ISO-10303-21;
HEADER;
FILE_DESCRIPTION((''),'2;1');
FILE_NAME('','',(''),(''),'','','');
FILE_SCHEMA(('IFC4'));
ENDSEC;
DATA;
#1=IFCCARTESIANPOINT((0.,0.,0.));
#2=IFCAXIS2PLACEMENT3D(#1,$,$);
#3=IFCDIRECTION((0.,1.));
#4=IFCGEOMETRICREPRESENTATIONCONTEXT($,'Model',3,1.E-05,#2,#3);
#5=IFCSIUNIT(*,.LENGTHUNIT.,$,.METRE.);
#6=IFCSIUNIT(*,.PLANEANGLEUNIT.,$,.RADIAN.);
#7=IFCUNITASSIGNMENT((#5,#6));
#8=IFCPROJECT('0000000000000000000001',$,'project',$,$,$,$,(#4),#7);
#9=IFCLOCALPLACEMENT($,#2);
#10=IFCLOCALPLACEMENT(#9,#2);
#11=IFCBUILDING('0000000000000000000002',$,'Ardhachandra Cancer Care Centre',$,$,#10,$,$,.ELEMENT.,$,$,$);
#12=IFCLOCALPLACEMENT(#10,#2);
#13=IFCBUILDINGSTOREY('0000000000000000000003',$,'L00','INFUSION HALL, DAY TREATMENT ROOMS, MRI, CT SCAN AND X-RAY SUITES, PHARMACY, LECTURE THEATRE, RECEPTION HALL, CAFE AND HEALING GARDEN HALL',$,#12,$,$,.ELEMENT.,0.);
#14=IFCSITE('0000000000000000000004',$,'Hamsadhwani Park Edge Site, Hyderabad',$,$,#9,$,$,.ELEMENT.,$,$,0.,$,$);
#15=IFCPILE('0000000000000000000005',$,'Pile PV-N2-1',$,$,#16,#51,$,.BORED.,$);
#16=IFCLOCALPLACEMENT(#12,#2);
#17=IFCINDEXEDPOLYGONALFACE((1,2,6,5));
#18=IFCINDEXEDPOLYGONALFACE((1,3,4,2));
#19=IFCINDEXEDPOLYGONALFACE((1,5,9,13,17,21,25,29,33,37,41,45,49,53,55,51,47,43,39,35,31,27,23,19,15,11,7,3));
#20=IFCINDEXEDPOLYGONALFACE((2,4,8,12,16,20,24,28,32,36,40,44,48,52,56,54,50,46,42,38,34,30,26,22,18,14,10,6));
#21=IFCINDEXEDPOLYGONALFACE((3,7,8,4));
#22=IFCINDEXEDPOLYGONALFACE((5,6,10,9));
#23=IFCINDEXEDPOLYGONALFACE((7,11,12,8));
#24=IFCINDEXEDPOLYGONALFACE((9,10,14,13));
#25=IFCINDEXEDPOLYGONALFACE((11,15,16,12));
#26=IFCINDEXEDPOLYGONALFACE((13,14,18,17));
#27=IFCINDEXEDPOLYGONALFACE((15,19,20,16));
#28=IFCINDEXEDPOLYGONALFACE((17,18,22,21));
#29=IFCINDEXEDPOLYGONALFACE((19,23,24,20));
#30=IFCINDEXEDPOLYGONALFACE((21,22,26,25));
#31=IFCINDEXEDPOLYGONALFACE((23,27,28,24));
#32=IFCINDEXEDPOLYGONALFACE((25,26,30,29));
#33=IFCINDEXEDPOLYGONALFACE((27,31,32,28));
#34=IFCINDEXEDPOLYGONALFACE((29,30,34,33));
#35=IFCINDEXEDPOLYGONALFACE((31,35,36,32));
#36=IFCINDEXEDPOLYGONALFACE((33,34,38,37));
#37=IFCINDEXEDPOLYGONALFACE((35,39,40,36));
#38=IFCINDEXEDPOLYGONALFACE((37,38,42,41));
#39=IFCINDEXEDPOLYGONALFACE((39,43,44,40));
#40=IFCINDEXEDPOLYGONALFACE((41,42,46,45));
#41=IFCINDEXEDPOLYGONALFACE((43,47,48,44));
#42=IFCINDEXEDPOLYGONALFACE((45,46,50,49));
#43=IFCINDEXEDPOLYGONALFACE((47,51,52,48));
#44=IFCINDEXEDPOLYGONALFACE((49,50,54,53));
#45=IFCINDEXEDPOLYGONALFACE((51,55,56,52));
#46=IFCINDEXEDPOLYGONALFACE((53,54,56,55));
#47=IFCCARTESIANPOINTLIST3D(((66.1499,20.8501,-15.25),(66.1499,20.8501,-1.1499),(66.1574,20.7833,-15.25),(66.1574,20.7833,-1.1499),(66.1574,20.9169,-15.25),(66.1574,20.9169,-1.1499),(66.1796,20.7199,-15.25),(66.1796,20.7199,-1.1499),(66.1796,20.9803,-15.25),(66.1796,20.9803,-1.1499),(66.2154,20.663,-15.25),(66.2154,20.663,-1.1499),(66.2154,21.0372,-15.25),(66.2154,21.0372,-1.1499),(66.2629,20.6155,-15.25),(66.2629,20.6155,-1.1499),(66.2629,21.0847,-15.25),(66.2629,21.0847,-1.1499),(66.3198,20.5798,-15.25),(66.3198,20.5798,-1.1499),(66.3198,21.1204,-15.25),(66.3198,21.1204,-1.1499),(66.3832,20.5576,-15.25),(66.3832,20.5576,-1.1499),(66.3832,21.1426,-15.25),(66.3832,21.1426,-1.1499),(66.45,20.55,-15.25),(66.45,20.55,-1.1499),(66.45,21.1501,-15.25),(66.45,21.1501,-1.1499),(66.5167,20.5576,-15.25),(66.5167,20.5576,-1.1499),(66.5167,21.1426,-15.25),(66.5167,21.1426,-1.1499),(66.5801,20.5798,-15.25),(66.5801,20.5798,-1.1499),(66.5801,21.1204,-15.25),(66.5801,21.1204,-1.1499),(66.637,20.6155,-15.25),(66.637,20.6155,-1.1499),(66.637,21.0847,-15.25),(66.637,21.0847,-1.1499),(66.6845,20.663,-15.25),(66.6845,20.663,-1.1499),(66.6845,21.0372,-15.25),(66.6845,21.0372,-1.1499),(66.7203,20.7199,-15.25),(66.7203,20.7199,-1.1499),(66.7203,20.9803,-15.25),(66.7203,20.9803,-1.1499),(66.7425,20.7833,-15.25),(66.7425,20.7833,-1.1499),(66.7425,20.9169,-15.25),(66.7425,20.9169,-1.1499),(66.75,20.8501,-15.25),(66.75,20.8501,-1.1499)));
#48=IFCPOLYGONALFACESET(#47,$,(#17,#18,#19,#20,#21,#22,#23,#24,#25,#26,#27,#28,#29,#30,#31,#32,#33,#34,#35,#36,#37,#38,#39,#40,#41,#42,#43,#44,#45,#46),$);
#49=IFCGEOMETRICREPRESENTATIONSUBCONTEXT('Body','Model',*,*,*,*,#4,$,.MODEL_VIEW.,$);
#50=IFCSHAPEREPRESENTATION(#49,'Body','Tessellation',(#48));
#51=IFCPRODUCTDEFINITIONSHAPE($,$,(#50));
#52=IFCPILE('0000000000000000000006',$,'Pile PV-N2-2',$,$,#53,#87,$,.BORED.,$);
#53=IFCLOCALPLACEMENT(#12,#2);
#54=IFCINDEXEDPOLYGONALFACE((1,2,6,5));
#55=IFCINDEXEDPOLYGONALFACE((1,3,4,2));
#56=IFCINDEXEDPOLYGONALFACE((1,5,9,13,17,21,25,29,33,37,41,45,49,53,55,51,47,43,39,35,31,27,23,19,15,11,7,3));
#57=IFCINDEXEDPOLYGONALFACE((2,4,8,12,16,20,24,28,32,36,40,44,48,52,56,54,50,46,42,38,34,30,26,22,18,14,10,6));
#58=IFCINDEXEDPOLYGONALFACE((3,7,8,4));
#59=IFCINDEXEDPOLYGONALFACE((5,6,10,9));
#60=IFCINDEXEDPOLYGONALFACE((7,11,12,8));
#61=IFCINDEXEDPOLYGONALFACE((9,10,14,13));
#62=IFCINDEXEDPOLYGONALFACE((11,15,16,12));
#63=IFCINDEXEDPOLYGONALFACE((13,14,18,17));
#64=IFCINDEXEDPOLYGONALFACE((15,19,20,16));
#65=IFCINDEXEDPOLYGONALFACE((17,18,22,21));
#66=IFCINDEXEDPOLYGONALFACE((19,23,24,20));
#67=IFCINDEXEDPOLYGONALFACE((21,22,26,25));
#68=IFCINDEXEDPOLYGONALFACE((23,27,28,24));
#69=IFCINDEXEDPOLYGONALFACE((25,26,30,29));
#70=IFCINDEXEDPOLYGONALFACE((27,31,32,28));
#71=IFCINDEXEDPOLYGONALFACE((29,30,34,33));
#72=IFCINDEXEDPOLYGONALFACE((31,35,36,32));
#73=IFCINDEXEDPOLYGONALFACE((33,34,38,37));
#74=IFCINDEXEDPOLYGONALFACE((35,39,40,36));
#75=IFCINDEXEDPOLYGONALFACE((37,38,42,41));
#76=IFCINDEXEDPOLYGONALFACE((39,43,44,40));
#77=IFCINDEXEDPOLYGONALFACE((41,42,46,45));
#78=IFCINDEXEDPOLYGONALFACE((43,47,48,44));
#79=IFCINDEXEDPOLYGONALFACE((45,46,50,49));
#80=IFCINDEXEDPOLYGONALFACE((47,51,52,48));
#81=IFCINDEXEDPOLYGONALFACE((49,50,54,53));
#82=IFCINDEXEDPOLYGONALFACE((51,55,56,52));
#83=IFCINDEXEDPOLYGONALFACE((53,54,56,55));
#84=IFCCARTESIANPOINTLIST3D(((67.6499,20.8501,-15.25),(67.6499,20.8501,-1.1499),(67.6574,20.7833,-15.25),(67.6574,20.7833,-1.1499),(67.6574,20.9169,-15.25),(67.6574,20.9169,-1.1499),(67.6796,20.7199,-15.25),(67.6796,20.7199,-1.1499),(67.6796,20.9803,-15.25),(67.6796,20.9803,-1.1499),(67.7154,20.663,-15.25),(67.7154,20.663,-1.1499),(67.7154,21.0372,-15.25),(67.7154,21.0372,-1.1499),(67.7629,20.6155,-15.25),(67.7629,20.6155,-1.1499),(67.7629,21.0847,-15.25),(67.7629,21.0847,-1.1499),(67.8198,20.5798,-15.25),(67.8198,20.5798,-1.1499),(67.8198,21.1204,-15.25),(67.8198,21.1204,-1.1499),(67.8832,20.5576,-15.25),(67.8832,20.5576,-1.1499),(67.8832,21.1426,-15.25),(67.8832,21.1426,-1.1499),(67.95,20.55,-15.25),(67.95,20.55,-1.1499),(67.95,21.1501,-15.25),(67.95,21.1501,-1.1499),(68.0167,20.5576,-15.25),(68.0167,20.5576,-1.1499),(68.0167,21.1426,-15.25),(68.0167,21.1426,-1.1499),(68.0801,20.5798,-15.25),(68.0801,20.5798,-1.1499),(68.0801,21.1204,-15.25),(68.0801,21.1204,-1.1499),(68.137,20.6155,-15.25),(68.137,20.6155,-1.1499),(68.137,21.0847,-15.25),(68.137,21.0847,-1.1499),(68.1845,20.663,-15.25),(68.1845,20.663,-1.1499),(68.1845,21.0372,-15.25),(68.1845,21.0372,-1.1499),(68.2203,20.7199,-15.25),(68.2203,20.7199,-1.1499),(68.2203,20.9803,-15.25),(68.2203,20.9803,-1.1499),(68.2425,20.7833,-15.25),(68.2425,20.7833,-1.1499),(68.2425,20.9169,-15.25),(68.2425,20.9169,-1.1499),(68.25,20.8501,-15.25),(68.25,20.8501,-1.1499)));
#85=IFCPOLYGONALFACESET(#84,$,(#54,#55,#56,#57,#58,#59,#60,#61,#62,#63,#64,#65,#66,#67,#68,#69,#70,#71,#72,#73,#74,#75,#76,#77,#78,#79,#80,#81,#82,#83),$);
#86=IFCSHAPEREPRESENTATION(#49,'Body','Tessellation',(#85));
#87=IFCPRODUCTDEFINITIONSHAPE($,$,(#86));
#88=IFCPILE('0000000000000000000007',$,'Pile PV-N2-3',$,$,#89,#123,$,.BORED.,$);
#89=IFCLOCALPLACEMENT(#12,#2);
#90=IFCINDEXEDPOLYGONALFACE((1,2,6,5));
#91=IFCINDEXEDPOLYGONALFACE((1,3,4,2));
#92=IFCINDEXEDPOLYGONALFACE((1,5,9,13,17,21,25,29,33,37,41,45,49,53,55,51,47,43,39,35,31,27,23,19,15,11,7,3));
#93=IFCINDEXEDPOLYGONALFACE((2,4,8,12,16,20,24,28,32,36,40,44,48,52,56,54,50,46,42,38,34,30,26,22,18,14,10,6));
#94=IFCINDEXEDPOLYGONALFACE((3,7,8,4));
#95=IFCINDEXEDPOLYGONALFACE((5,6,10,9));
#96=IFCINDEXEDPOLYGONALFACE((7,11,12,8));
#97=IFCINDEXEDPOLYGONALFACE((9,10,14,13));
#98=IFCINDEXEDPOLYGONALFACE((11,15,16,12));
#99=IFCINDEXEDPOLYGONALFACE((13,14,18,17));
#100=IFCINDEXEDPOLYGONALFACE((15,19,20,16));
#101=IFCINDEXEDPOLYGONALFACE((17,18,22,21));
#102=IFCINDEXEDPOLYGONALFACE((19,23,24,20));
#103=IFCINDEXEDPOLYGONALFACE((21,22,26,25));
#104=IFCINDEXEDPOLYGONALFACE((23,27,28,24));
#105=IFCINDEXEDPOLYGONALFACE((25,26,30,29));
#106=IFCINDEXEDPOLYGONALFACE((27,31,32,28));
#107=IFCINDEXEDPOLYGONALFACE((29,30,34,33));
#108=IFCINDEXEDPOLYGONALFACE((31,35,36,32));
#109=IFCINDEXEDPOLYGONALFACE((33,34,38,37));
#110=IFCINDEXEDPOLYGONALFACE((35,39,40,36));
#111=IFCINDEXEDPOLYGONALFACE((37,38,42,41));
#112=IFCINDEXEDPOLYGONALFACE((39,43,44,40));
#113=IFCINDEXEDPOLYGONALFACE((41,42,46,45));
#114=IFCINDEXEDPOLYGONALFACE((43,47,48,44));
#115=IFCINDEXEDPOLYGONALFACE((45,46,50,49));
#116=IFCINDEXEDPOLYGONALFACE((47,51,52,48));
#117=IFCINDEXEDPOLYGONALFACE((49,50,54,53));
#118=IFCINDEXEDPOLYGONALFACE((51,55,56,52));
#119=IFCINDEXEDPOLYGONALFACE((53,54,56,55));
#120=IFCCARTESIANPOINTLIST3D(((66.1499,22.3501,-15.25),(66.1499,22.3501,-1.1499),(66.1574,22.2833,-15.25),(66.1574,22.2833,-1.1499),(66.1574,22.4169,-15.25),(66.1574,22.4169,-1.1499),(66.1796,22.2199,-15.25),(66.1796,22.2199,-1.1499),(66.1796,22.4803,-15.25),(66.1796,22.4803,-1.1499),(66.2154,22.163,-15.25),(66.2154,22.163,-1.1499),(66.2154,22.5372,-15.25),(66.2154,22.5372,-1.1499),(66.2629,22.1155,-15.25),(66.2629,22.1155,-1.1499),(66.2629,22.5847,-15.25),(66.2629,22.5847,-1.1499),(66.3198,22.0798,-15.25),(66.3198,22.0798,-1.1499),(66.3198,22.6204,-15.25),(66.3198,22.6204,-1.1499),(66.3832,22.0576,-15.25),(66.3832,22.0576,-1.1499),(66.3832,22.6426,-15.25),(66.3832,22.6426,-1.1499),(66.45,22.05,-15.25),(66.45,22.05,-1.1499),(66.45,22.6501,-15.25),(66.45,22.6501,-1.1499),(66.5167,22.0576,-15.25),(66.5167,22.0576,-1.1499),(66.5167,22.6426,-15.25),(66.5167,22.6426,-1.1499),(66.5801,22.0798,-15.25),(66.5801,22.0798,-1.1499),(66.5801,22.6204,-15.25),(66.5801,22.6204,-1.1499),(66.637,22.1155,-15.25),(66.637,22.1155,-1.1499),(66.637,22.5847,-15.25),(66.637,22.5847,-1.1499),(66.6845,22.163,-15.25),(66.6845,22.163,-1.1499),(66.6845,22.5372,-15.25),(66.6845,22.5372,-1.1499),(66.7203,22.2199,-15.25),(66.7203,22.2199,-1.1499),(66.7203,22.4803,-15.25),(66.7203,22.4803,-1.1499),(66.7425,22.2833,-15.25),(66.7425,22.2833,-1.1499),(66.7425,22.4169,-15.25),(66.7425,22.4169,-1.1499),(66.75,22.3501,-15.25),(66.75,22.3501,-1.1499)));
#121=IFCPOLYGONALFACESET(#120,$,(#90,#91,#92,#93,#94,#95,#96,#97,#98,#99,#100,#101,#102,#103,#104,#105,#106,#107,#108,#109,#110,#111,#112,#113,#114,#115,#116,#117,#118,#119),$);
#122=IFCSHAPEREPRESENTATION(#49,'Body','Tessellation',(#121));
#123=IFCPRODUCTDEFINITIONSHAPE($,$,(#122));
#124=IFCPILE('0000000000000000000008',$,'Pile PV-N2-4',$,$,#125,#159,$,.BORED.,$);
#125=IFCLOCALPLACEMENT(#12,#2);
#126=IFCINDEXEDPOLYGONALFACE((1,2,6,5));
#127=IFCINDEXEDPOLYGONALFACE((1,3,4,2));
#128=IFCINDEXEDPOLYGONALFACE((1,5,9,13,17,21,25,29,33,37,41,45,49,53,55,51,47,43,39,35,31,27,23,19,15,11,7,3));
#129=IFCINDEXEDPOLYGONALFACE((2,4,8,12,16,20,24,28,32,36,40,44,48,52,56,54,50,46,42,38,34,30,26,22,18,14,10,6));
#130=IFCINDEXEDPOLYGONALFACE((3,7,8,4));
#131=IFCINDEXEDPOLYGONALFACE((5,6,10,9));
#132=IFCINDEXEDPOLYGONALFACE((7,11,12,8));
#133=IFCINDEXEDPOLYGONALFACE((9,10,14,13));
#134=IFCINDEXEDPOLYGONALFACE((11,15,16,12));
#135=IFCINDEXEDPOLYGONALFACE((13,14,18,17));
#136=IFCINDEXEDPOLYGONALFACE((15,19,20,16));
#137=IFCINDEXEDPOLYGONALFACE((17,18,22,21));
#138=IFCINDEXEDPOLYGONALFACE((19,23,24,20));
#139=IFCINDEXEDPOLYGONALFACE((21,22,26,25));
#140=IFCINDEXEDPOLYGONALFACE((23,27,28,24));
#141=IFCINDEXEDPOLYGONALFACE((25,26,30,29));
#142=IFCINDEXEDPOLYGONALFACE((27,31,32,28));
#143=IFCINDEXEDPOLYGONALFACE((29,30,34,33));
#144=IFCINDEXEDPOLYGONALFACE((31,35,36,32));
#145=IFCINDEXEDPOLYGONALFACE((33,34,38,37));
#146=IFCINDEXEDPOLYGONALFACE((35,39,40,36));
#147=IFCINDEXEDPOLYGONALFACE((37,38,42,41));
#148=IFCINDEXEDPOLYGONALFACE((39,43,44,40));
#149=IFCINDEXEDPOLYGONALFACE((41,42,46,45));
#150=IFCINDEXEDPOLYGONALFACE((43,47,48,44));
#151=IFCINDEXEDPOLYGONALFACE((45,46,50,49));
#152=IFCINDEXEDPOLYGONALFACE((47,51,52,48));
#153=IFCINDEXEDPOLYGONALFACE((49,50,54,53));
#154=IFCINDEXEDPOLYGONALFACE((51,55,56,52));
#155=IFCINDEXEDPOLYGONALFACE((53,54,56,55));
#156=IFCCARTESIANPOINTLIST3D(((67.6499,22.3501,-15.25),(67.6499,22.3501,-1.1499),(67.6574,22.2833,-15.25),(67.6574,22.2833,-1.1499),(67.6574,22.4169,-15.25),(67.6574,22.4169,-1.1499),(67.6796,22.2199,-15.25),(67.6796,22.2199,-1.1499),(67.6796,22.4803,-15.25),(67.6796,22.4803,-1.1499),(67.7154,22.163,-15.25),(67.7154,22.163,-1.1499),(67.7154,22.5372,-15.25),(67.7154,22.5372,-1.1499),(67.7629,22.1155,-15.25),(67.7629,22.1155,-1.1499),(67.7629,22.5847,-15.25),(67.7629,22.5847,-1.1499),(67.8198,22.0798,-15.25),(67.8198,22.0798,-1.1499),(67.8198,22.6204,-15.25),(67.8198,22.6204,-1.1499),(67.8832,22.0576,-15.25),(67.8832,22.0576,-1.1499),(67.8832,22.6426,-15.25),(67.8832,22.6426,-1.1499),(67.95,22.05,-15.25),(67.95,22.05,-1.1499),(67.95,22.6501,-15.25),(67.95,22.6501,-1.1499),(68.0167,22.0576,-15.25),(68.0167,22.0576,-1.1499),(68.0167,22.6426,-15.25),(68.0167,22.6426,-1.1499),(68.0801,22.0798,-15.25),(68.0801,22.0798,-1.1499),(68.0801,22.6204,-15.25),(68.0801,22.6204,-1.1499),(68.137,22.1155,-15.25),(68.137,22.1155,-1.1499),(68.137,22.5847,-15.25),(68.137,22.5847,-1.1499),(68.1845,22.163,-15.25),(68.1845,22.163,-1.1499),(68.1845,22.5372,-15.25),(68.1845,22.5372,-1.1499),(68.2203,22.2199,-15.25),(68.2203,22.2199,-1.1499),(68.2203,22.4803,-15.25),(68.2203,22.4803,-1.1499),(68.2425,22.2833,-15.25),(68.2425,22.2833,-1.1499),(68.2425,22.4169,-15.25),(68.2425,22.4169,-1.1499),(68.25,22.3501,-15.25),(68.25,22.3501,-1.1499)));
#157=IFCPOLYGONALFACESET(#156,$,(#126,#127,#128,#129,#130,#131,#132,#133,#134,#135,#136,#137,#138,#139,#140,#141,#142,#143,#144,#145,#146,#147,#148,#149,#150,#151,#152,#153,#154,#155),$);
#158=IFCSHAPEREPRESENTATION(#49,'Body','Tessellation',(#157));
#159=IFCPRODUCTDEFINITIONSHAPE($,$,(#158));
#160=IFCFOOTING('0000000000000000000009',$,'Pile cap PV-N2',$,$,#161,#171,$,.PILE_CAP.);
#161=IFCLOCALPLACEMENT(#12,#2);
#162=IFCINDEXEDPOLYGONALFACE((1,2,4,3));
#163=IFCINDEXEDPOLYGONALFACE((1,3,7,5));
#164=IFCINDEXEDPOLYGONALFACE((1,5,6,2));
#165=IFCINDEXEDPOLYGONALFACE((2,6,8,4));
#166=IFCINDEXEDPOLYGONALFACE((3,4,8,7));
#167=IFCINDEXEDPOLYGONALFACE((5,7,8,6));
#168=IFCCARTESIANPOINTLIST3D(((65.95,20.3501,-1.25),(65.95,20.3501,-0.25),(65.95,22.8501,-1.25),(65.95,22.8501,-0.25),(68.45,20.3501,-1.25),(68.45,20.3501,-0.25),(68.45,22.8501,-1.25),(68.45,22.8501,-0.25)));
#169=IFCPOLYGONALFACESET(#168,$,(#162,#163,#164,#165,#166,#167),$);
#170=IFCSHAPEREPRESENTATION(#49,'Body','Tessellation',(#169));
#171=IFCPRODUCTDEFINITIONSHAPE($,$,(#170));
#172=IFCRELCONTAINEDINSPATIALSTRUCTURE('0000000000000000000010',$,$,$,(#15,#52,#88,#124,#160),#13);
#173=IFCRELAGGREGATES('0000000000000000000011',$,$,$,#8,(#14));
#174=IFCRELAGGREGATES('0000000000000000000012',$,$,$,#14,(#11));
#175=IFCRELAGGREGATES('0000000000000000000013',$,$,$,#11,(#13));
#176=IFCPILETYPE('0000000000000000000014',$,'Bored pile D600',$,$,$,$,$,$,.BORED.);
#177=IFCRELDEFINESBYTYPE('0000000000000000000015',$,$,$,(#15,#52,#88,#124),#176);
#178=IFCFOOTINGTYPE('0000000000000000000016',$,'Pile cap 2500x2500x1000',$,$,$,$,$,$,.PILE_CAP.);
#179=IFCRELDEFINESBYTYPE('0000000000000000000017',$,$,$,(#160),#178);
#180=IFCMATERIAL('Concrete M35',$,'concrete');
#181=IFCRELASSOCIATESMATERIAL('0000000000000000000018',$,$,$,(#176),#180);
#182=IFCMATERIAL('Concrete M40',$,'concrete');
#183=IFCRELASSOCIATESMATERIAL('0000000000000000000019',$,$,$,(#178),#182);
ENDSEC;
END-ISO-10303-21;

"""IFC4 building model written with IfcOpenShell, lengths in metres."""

from ifc_helpers import new_model, si_unit, direction, frame, origin, origin_2d, place, context, subcontext, project, spatial, rectangle, circle, extrude, material, material_profile, profile_set, type_object, element, save


model = new_model("IFC4")

# Units and contexts
model_context = context("Model", 3, precision=1e-05, world=origin(), true_north=direction((0.0, 1.0)))
body_context = subcontext(model_context, "Body", "Model", "MODEL_VIEW")
ifc_project = project(units=[si_unit("LENGTHUNIT", "METRE"), si_unit("PLANEANGLEUNIT", "RADIAN")], contexts=[model_context])

# Site, building, storey
site_placement = place(None, origin())
site = spatial("IfcSite", under=ifc_project, at=site_placement, Name="Hamsadhwani Park Edge Site, Hyderabad", CompositionType="ELEMENT", RefElevation=0.0)
building_placement = place(site_placement, origin())
building = spatial("IfcBuilding", under=site, at=building_placement, Name="Ardhachandra Cancer Care Centre", CompositionType="ELEMENT")
storey_placement = place(building_placement, origin())
storey = spatial("IfcBuildingStorey", under=building, at=storey_placement, Name="L00", Description="INFUSION HALL, DAY TREATMENT ROOMS, MRI, CT SCAN AND X-RAY SUITES, PHARMACY, LECTURE THEATRE, RECEPTION HALL, CAFE AND HEALING GARDEN HALL", CompositionType="ELEMENT", Elevation=0.0)

# Piles
ifc_material_1 = material(Name="Concrete M35", Category="concrete")
ifc_material_profile_1 = material_profile(ifc_material_1, circle(Radius=0.3, at=origin_2d()), Name="D600")
ifc_profile_set_1 = profile_set([ifc_material_profile_1], Name="Concrete M35")
pile_type = type_object("IfcPileType", Name="Bored pile D600", PredefinedType="BORED", material=ifc_profile_set_1)
for number, where, z_axis, x_axis, name in (
    (1, (66.45, 20.8501, -1.1499), (0.0, 0.0, -1.0), (1.0, 0.0, 0.0), "Pile PV-N2-1"),
    (2, (67.95, 20.8501, -1.1499), (0.0, 0.0, -1.0), (1.0, 0.0, 0.0), "Pile PV-N2-2"),
    (3, (66.45, 22.3501, -1.1499), (0.0, 0.0, -1.0), (1.0, 0.0, 0.0), "Pile PV-N2-3"),
    (4, (67.95, 22.3501, -1.1499), (0.0, 0.0, -1.0), (1.0, 0.0, 0.0), "Pile PV-N2-4"),
):
    element("IfcPile", number, at=place(storey_placement, frame(where, z_axis=z_axis, x_axis=x_axis)), inside=storey, type_object=pile_type, Name=name, PredefinedType="BORED", context=body_context, shape_type="SweptSolid", body=[
        extrude(circle(Radius=0.3, at=origin_2d()), origin(), (0.0, 0.0, 1.0), 14.1001),
    ])

# Footing
ifc_material_2 = material(Name="Concrete M40", Category="concrete")
footing_type = type_object("IfcFootingType", Name="Pile cap 2500x2500x1000", PredefinedType="PILE_CAP", material=ifc_material_2)
footing_placement = place(storey_placement, frame((67.2, 21.6001, -1.25), z_axis=(0.0, 0.0, 1.0), x_axis=(1.0, 0.0, 0.0)))
element("IfcFooting", 5, at=footing_placement, inside=storey, type_object=footing_type, Name="Pile cap PV-N2", PredefinedType="PILE_CAP", context=body_context, shape_type="SweptSolid", body=[
    extrude(rectangle(XDim=2.5, YDim=2.5, at=origin_2d()), origin(), (0.0, 0.0, 1.0), 1.0),
])

save(model, "model.ifc")
